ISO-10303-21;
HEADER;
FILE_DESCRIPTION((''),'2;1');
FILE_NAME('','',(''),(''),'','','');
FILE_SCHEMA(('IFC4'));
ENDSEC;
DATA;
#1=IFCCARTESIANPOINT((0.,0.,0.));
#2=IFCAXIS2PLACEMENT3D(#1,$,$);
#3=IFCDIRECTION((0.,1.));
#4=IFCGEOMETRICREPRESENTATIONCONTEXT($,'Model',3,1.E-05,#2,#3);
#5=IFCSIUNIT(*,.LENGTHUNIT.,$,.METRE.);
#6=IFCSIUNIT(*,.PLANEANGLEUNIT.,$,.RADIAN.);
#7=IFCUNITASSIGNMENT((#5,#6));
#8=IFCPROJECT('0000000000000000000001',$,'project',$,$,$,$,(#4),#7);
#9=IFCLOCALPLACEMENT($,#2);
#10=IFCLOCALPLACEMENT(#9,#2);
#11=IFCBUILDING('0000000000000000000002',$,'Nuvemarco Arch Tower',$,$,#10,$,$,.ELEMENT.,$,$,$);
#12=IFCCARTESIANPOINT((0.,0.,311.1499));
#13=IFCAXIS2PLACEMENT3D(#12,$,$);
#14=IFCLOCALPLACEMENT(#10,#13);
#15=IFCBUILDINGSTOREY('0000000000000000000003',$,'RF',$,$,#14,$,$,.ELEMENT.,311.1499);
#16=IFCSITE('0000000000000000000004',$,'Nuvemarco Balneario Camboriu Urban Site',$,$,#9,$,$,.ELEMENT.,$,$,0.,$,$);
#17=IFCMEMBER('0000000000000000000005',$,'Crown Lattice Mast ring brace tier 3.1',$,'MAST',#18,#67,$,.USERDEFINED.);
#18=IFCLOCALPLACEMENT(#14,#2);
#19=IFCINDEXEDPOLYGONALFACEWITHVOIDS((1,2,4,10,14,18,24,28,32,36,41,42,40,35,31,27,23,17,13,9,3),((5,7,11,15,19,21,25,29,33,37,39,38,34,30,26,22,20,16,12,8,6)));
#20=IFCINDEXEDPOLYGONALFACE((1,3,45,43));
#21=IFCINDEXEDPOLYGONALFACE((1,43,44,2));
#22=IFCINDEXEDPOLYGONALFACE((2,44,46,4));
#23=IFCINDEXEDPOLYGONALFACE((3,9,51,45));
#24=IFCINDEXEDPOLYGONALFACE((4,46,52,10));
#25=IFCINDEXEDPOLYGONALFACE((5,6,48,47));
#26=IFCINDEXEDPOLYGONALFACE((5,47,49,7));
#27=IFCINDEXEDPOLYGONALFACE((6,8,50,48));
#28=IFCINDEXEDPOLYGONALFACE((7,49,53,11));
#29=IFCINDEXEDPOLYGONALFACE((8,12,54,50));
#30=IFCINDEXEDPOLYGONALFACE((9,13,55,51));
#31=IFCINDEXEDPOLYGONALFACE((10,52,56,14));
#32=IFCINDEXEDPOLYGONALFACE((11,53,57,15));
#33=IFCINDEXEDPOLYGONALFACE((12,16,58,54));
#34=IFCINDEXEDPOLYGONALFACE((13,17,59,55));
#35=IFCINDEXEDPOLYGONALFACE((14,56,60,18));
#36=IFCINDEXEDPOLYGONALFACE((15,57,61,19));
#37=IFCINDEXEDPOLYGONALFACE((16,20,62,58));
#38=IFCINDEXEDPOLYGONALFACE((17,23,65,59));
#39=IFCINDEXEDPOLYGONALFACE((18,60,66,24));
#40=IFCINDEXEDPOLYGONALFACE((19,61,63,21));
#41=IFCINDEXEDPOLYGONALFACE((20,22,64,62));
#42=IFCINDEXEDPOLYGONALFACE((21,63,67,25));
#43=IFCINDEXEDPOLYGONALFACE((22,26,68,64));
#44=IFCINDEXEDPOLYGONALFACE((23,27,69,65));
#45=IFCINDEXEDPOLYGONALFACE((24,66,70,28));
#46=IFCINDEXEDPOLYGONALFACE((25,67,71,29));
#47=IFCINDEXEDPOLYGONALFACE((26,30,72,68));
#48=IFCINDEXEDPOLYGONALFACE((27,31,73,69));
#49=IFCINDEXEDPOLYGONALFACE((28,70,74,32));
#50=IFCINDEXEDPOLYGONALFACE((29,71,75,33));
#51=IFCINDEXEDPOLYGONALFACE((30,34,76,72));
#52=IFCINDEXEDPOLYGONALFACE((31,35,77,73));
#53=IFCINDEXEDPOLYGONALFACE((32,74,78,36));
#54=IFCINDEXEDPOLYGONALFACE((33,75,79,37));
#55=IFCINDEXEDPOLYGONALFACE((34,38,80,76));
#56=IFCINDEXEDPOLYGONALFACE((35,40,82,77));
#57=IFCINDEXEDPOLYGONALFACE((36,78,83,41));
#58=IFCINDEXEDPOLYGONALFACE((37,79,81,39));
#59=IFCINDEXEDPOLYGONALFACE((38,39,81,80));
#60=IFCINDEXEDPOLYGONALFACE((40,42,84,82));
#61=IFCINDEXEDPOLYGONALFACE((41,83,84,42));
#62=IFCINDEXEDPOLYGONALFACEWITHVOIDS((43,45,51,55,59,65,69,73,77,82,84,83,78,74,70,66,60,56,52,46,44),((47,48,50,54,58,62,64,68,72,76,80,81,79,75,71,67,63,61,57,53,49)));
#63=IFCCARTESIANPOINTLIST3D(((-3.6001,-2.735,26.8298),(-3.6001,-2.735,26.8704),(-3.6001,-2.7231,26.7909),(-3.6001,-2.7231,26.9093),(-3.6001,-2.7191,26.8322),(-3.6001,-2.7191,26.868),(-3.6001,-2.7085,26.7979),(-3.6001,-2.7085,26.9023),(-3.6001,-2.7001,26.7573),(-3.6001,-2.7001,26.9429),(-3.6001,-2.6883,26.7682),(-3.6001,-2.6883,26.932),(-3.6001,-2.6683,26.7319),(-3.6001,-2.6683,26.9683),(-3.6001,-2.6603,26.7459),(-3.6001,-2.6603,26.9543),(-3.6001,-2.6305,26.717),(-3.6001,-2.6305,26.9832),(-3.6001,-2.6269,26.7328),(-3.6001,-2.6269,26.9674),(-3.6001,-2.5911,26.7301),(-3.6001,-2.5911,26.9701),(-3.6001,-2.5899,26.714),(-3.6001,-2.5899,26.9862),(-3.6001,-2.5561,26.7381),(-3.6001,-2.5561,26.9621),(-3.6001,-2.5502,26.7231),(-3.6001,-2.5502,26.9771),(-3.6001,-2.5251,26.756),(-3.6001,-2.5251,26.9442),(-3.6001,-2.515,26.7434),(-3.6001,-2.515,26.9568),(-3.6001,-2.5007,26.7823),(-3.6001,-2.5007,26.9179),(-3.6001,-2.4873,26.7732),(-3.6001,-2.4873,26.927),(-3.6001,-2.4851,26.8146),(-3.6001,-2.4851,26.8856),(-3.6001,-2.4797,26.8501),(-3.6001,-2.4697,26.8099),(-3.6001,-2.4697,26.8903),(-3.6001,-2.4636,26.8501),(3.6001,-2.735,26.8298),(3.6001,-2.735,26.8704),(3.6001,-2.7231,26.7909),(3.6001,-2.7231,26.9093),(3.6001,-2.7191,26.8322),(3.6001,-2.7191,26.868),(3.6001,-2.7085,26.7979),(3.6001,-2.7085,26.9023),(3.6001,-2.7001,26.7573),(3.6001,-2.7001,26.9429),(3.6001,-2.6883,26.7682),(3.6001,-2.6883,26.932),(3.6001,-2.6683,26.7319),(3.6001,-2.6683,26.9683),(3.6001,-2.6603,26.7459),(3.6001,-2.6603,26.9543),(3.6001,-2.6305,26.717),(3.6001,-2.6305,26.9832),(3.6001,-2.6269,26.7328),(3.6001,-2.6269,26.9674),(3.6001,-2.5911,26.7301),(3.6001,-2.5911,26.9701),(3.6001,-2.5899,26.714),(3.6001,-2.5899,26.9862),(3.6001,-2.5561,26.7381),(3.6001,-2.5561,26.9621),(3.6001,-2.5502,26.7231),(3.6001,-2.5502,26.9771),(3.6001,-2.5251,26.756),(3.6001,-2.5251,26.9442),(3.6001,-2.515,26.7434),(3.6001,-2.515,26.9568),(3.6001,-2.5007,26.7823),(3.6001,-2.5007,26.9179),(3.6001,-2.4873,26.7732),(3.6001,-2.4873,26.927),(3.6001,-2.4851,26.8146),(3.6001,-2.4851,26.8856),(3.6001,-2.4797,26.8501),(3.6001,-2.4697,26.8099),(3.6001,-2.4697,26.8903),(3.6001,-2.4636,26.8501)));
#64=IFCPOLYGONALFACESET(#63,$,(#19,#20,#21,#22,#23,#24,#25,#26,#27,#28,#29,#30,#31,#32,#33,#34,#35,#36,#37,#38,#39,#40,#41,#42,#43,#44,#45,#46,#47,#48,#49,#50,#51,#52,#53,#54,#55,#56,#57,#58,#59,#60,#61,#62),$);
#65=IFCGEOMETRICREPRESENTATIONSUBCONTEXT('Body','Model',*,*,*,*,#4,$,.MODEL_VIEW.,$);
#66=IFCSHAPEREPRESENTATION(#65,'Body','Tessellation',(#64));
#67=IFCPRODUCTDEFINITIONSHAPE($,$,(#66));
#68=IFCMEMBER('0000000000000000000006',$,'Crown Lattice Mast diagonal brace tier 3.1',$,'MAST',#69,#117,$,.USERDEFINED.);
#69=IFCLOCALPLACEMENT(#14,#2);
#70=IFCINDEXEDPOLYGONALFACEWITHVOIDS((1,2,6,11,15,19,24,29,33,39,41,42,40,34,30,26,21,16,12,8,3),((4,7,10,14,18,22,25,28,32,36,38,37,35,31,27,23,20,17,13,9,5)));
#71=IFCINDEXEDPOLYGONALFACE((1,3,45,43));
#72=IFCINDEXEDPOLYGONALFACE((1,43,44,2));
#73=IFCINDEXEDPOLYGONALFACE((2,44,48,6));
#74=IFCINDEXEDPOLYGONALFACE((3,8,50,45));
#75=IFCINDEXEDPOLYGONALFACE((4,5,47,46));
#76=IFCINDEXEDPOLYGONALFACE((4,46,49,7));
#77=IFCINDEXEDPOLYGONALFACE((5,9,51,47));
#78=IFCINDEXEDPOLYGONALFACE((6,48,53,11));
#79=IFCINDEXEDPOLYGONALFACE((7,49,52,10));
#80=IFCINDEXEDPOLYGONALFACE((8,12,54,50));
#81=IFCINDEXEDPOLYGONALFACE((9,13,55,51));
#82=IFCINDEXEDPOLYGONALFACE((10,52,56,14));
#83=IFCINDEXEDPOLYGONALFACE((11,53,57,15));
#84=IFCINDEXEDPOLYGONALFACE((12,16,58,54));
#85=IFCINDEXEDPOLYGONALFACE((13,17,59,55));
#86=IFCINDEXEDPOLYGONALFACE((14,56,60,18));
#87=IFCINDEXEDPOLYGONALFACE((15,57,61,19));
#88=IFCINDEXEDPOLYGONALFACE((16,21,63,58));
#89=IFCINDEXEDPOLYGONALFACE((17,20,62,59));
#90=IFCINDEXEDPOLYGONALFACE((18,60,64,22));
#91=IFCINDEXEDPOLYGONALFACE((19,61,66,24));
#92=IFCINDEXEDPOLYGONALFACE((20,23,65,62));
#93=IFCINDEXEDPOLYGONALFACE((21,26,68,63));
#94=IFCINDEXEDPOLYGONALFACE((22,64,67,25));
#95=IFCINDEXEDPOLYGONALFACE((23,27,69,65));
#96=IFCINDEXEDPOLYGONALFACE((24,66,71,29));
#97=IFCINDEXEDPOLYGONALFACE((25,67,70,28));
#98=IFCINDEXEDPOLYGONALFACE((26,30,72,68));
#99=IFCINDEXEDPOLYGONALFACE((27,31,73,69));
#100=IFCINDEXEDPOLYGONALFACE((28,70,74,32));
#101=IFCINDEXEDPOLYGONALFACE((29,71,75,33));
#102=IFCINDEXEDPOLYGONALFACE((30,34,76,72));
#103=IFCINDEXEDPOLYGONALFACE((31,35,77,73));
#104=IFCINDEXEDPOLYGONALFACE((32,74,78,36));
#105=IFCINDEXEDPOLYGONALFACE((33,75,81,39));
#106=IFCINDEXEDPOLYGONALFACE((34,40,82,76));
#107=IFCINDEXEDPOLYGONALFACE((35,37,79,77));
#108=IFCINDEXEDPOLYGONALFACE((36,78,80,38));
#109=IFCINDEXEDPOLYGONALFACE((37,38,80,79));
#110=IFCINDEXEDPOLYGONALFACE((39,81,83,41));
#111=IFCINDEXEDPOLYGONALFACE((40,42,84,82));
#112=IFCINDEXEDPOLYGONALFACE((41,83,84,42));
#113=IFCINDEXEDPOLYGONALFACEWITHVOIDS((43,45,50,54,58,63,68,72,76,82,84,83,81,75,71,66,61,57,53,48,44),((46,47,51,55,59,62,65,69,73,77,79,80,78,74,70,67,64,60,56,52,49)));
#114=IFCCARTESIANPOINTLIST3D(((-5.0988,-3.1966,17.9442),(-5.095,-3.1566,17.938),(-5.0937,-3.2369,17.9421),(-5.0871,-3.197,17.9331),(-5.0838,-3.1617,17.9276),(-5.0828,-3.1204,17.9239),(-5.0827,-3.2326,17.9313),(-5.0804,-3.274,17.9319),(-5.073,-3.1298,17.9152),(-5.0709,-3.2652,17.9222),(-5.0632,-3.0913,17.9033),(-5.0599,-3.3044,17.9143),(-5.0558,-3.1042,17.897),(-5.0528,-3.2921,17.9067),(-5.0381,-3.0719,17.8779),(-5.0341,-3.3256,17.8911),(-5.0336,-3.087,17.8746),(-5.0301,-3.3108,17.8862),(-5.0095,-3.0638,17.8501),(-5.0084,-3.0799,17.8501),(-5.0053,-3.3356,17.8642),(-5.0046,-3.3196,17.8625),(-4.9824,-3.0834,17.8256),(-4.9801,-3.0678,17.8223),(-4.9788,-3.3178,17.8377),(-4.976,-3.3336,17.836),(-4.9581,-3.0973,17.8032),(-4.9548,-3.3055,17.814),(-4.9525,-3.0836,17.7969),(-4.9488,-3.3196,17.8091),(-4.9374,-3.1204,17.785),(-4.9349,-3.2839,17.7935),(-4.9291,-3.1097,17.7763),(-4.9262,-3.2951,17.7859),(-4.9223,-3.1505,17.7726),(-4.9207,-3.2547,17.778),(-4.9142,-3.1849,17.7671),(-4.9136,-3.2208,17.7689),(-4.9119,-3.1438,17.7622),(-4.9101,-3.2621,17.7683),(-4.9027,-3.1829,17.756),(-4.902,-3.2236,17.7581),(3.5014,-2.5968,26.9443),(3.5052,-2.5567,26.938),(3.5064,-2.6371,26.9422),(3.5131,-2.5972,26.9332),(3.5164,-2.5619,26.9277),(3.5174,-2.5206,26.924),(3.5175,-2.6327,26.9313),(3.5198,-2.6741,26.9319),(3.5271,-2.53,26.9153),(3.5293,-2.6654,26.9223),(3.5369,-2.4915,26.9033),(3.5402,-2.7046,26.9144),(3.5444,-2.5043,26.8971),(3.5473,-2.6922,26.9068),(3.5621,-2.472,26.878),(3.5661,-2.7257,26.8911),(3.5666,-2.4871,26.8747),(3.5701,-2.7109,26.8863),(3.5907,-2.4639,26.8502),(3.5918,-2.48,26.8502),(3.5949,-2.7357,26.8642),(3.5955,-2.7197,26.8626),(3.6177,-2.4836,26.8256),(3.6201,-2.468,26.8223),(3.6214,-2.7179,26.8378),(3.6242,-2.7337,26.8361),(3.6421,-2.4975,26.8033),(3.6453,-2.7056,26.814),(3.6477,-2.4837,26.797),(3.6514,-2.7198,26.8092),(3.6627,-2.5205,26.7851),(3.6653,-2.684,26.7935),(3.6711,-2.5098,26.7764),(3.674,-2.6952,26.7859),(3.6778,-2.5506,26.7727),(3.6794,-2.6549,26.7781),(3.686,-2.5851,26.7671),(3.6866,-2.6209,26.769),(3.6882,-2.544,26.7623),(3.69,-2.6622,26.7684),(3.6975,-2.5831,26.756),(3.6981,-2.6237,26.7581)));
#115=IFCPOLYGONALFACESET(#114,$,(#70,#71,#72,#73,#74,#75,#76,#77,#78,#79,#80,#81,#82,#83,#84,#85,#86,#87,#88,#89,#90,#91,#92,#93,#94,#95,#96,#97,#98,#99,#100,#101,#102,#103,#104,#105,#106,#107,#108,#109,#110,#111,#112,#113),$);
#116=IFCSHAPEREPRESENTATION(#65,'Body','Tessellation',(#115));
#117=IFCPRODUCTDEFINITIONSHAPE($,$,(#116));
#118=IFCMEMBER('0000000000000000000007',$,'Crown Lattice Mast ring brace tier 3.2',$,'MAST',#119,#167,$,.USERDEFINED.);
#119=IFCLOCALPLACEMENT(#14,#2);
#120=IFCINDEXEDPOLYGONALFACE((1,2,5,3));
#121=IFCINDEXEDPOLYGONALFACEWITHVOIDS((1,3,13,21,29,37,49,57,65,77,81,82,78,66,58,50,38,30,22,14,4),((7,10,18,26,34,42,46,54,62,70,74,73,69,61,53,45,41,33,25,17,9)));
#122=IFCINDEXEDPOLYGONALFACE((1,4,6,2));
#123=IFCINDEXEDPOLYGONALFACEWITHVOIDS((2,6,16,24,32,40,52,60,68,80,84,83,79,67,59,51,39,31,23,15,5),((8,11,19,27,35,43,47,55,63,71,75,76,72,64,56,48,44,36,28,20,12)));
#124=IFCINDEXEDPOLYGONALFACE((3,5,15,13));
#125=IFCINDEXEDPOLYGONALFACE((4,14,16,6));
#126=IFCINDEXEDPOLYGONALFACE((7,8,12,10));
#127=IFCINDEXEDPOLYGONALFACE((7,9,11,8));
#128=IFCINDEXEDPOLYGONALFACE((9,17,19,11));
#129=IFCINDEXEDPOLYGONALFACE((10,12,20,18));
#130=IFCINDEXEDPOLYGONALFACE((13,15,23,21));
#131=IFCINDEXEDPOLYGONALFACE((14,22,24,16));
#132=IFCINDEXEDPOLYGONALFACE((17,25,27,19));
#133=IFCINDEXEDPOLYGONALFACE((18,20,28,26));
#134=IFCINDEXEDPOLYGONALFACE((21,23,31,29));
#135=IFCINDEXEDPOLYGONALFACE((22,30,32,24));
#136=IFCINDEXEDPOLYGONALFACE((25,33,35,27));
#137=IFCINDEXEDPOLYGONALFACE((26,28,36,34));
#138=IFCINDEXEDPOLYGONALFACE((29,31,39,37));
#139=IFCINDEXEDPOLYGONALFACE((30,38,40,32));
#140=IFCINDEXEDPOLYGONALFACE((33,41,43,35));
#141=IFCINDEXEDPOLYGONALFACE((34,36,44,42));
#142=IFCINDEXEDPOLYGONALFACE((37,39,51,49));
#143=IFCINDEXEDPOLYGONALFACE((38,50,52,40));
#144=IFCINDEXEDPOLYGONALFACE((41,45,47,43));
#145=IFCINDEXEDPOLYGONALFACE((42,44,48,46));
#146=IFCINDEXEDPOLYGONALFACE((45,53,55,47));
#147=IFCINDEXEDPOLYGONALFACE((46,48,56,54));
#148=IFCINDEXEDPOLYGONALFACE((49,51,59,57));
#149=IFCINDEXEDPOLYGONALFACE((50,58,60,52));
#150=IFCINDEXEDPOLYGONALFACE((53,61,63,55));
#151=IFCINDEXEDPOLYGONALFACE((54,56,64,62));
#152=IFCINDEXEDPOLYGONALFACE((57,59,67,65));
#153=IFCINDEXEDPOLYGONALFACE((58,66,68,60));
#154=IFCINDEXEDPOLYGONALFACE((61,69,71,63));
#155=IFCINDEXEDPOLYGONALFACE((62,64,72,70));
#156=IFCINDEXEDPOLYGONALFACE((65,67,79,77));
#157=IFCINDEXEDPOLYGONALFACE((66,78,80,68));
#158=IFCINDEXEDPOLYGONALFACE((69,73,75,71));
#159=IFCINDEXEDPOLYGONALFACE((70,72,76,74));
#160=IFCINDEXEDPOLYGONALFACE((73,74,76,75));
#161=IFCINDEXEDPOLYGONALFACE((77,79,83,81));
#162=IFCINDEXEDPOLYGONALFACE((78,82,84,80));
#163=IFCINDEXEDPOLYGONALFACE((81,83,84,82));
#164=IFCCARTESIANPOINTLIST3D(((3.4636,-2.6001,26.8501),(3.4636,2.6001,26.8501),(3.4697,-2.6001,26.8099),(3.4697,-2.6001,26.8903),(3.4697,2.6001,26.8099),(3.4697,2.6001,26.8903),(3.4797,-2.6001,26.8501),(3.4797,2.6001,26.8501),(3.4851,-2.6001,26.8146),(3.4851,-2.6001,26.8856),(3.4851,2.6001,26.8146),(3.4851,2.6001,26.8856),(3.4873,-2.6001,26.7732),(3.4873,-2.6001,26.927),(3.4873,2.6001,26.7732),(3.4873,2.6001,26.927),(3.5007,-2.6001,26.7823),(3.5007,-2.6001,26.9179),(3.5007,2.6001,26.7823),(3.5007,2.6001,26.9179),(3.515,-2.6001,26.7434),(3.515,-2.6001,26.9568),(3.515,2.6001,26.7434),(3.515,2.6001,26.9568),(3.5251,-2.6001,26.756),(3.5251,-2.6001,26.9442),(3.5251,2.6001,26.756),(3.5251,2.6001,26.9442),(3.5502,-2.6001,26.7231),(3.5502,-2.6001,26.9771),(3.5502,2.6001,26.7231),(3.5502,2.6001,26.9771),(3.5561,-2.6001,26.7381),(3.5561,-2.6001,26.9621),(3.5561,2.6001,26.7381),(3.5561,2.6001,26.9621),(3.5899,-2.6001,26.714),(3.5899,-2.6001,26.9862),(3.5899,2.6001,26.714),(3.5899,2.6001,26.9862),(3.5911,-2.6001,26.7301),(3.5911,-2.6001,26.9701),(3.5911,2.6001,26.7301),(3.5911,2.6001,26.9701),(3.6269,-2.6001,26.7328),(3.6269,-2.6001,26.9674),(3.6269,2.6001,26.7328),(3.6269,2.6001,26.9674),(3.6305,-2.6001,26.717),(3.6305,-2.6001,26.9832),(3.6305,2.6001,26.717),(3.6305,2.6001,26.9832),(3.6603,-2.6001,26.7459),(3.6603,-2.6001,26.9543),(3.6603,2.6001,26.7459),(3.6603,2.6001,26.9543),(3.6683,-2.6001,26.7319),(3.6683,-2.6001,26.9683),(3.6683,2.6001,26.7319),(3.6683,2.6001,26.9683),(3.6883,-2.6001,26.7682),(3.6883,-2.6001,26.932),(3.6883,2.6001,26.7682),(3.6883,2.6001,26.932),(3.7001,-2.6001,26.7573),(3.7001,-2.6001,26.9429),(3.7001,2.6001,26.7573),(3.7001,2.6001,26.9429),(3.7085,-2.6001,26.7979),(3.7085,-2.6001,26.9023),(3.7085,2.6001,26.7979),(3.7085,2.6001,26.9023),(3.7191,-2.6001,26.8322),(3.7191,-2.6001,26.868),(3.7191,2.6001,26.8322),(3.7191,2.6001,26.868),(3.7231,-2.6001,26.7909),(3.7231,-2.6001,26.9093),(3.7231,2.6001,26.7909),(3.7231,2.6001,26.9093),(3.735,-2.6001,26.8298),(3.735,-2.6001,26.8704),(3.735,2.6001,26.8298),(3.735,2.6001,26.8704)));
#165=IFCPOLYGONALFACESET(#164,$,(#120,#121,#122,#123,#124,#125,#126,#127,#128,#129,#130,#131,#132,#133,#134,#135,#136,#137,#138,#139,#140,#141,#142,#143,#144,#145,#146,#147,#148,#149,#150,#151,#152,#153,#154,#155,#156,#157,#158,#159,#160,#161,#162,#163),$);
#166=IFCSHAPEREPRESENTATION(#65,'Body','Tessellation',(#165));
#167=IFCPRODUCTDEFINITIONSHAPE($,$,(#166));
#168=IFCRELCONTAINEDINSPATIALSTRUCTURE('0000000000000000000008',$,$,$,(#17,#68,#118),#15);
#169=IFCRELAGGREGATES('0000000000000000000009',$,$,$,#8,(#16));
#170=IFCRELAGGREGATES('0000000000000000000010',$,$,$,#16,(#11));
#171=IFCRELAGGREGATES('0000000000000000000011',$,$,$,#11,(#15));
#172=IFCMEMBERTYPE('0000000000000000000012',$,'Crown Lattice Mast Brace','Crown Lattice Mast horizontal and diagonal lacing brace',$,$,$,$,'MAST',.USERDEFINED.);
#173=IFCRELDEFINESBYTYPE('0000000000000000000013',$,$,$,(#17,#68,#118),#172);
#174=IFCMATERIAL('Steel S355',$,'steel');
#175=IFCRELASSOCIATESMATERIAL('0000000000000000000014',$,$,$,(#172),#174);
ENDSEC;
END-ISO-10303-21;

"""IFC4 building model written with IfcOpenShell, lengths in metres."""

from ifc_helpers import new_model, si_unit, direction, frame, origin, origin_2d, place, context, subcontext, project, spatial, hollow_circle, extrude, material, material_profile, profile_set, type_object, element, save


model = new_model("IFC4")

# Units and contexts
model_context = context("Model", 3, precision=1e-05, world=origin(), true_north=direction((0.0, 1.0)))
body_context = subcontext(model_context, "Body", "Model", "MODEL_VIEW")
ifc_project = project(units=[si_unit("LENGTHUNIT", "METRE"), si_unit("PLANEANGLEUNIT", "RADIAN")], contexts=[model_context])

# Site, building, storey
site_placement = place(None, origin())
site = spatial("IfcSite", under=ifc_project, at=site_placement, Name="Nuvemarco Balneario Camboriu Urban Site", CompositionType="ELEMENT", RefElevation=0.0)
building_placement = place(site_placement, origin())
building = spatial("IfcBuilding", under=site, at=building_placement, Name="Nuvemarco Arch Tower", CompositionType="ELEMENT")
storey_placement = place(building_placement, frame((0.0, 0.0, 311.1499)))
storey = spatial("IfcBuildingStorey", under=building, at=storey_placement, Name="RF", CompositionType="ELEMENT", Elevation=311.1499)

# Members
ifc_material = material(Name="Steel S355", Category="steel")
ifc_material_profile_1 = material_profile(ifc_material, hollow_circle(Radius=0.1365, WallThickness=0.0161, at=origin_2d()), Name="CHS273x16")
ifc_profile_set_1 = profile_set([ifc_material_profile_1], Name="Steel S355")
member_type_1 = type_object("IfcMemberType", Name="Crown Lattice Mast Brace", Description="Crown Lattice Mast horizontal and diagonal lacing brace", ElementType="MAST", PredefinedType="USERDEFINED", material=ifc_profile_set_1)
member_1_placement = place(storey_placement, frame((-3.6001, -2.6001, 26.8501), z_axis=(1.0, 0.0, 0.0), x_axis=(0.0, 1.0, 0.0)))
element("IfcMember", 1, at=member_1_placement, inside=storey, type_object=member_type_1, Name="Crown Lattice Mast ring brace tier 3.1", ObjectType="MAST", PredefinedType="USERDEFINED", context=body_context, shape_type="SweptSolid", body=[
    extrude(hollow_circle(Radius=0.1365, WallThickness=0.0161, at=origin_2d()), origin(), (0.0, 0.0, 1.0), 7.2002),
])
member_2_placement = place(storey_placement, frame((-5.0, -3.2, 17.8501), z_axis=(0.690061, 0.048132, 0.722149), x_axis=(-0.069581, 0.997576, 0.0)))
element("IfcMember", 2, at=member_2_placement, inside=storey, type_object=member_type_1, Name="Crown Lattice Mast diagonal brace tier 3.1", ObjectType="MAST", PredefinedType="USERDEFINED", context=body_context, shape_type="SweptSolid", body=[
    extrude(hollow_circle(Radius=0.1365, WallThickness=0.0161, at=origin_2d()), origin(), (0.0, 0.0, 1.0), 12.4629),
])
member_3_placement = place(storey_placement, frame((3.6001, -2.6001, 26.8501), z_axis=(0.0, 1.0, 0.0), x_axis=(-1.0, 0.0, 0.0)))
element("IfcMember", 3, at=member_3_placement, inside=storey, type_object=member_type_1, Name="Crown Lattice Mast ring brace tier 3.2", ObjectType="MAST", PredefinedType="USERDEFINED", context=body_context, shape_type="SweptSolid", body=[
    extrude(hollow_circle(Radius=0.1365, WallThickness=0.0161, at=origin_2d()), origin(), (0.0, 0.0, 1.0), 5.2002),
])

save(model, "model.ifc")
